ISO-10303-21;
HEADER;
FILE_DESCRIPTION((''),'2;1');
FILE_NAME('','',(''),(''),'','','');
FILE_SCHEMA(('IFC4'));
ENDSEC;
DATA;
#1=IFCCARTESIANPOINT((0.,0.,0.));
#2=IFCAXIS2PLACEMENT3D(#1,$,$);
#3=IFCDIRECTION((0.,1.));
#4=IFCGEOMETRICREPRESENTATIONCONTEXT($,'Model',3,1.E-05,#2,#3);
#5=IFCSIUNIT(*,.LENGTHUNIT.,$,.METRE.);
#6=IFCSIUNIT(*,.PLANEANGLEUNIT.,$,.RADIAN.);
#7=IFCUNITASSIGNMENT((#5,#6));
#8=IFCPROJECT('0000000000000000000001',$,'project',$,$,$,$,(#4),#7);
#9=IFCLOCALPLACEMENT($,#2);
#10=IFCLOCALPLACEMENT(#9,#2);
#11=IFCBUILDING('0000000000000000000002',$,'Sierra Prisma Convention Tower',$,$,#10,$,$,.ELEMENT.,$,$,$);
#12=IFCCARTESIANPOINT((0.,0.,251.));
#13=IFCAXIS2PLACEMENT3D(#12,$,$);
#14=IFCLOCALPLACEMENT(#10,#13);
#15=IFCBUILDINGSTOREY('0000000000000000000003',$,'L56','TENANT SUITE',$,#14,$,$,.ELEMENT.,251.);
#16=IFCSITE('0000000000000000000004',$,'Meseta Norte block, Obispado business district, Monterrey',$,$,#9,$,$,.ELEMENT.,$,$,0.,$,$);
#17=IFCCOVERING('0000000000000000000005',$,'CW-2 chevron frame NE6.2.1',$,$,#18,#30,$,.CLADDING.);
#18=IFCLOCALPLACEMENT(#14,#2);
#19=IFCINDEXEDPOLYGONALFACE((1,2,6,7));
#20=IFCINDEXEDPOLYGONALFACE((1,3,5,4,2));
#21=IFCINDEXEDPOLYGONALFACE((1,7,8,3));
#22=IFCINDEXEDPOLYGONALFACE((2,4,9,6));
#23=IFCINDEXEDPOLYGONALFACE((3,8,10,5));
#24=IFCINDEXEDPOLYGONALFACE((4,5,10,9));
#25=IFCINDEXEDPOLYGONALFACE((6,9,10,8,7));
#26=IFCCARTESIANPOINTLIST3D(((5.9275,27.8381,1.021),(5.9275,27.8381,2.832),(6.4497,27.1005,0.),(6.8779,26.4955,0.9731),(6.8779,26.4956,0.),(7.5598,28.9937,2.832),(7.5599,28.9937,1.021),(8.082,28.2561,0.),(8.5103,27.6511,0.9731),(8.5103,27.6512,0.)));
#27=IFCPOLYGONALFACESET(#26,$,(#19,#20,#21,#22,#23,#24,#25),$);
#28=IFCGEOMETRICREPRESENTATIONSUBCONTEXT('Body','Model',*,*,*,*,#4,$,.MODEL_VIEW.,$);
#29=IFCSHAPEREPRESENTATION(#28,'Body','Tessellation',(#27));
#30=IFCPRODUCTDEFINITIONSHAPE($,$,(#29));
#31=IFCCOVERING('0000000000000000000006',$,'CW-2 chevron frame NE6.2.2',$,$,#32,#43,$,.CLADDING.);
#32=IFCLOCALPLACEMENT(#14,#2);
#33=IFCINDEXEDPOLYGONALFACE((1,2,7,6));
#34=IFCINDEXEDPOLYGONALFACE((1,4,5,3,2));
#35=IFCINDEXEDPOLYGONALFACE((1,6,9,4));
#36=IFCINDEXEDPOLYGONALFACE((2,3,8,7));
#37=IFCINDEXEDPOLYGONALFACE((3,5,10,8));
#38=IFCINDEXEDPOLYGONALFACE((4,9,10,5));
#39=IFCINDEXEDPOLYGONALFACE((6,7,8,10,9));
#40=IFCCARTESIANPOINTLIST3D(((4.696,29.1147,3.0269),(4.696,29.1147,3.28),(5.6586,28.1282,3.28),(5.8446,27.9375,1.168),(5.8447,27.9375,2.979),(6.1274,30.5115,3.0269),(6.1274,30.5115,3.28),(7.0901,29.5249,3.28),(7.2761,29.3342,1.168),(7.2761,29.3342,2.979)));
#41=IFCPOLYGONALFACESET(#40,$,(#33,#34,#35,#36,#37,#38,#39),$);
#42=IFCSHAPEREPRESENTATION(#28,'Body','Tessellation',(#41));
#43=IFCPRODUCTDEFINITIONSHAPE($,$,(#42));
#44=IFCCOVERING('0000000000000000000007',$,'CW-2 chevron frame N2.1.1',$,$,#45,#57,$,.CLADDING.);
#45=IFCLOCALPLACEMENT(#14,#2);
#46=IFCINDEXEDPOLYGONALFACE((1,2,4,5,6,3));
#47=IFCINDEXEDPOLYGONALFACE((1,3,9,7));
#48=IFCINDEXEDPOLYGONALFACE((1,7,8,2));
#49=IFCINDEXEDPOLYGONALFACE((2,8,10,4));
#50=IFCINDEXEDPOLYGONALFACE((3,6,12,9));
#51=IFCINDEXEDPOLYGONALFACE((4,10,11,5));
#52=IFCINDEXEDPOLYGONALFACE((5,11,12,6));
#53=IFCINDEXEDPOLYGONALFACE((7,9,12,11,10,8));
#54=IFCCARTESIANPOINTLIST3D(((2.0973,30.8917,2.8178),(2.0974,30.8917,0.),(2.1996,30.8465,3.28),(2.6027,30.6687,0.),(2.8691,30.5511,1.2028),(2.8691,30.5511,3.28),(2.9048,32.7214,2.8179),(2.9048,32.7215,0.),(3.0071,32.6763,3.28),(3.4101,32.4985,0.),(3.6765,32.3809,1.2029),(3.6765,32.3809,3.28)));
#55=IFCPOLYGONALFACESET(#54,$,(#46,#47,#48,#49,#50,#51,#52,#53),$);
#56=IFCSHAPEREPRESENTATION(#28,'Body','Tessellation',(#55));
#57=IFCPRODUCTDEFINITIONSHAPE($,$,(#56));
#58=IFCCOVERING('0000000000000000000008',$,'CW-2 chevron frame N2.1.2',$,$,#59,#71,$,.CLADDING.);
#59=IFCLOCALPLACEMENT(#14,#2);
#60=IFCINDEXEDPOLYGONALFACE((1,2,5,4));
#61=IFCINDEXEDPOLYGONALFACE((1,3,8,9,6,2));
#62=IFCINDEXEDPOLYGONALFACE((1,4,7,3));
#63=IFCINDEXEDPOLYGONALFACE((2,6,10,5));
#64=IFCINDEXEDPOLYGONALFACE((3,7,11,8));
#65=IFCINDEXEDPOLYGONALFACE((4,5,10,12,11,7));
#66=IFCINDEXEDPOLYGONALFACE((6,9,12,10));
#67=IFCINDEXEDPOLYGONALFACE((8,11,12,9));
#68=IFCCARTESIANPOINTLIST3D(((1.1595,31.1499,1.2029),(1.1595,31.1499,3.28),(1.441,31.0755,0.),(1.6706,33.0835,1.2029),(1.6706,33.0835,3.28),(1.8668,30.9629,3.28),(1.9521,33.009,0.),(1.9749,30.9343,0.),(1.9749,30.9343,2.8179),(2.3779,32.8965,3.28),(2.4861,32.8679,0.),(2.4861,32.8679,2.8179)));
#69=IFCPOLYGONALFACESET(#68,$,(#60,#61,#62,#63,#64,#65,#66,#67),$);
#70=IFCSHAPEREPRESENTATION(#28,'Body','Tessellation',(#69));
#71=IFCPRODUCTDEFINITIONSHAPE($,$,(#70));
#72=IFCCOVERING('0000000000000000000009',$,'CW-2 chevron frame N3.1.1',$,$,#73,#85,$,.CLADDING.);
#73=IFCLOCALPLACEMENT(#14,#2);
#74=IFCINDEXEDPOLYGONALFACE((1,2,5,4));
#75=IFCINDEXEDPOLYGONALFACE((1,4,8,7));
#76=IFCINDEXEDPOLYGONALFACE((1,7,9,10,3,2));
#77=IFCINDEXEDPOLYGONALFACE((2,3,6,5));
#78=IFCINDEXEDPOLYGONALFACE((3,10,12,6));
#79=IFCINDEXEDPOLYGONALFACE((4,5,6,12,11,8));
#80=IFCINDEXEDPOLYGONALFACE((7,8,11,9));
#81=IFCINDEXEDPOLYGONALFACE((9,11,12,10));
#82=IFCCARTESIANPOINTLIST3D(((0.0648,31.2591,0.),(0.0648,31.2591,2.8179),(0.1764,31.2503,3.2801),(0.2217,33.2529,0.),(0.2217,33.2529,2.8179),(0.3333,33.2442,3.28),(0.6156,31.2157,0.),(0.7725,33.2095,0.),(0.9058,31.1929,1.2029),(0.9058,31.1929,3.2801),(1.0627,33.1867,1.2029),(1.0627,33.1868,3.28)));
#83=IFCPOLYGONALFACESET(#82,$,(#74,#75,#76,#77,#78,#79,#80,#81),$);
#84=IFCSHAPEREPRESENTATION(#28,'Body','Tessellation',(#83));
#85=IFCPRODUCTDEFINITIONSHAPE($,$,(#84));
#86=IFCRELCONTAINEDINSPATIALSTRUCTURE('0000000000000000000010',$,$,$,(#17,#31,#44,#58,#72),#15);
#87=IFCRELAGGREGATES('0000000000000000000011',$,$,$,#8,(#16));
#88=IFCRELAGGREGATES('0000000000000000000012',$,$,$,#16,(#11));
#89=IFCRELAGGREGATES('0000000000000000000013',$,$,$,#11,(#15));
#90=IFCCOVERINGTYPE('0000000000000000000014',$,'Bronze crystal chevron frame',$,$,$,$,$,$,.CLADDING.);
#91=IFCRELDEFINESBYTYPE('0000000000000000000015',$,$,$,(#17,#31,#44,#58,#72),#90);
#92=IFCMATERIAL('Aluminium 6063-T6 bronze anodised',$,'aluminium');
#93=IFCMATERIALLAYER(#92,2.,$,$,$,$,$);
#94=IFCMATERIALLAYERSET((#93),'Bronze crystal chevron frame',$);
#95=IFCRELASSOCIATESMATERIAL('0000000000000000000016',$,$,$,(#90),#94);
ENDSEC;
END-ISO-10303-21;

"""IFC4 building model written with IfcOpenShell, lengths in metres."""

from ifc_helpers import new_model, si_unit, direction, frame, origin, place, context, subcontext, project, spatial, polyline, outline, extrude, material, layer, layer_set, type_object, element, save


model = new_model("IFC4")

# Units and contexts
model_context = context("Model", 3, precision=1e-05, world=origin(), true_north=direction((0.0, 1.0)))
body_context = subcontext(model_context, "Body", "Model", "MODEL_VIEW")
ifc_project = project(units=[si_unit("LENGTHUNIT", "METRE"), si_unit("PLANEANGLEUNIT", "RADIAN")], contexts=[model_context])

# Site, building, storey
site_placement = place(None, origin())
site = spatial("IfcSite", under=ifc_project, at=site_placement, Name="Meseta Norte block, Obispado business district, Monterrey", CompositionType="ELEMENT", RefElevation=0.0)
building_placement = place(site_placement, origin())
building = spatial("IfcBuilding", under=site, at=building_placement, Name="Sierra Prisma Convention Tower", CompositionType="ELEMENT")
storey_placement = place(building_placement, frame((0.0, 0.0, 251.0)))
storey = spatial("IfcBuildingStorey", under=building, at=storey_placement, Name="L56", Description="TENANT SUITE", CompositionType="ELEMENT", Elevation=251.0)

# Coverings
ifc_material_1 = material(Name="Aluminium 6063-T6 bronze anodised", Category="aluminium")
ifc_layer_1 = layer(ifc_material_1, 2.0)
ifc_layer_set_1 = layer_set([ifc_layer_1], Name="Bronze crystal chevron frame")
covering_type = type_object("IfcCoveringType", Name="Bronze crystal chevron frame", PredefinedType="CLADDING", material=ifc_layer_set_1)
covering_1_placement = place(storey_placement, frame((8.082, 28.2561, 0.0), z_axis=(0.81618, 0.577798, 0.000018), x_axis=(-0.382968, 0.540946, 0.748807)))
element("IfcCovering", 1, at=covering_1_placement, inside=storey, type_object=covering_type, Name="CW-2 chevron frame NE6.2.1", PredefinedType="CLADDING", context=body_context, shape_type="SweptSolid", body=[
    extrude(outline(polyline([(0.0, 0.0), (1.3635, 0.0), (2.7196, 1.2003), (0.2374, 1.2), (-0.4913, 0.555), (0.0, 0.0)])), origin(), (0.0, 0.0, -1.0), 2.0),
])
covering_2_placement = place(storey_placement, frame((6.1274, 30.5115, 3.28), z_axis=(0.715736, 0.698371, -0.000004), x_axis=(0.698371, -0.715736, 0.0)))
element("IfcCovering", 2, at=covering_2_placement, inside=storey, type_object=covering_type, Name="CW-2 chevron frame NE6.2.2", PredefinedType="CLADDING", context=body_context, shape_type="SweptSolid", body=[
    extrude(outline(polyline([(0.0, 0.0), (1.3784, 0.0), (1.6448, 0.301), (1.6448, 2.1121), (0.0, 0.2532), (0.0, 0.0)])), origin(), (0.0, 0.0, -1.0), 2.0),
])
covering_3_placement = place(storey_placement, frame((3.6765, 32.3809, 3.28), z_axis=(0.40372, 0.914882, 0.000022), x_axis=(0.000009, 0.000021, -1.0)))
element("IfcCovering", 3, at=covering_3_placement, inside=storey, type_object=covering_type, Name="CW-2 chevron frame N2.1.1", PredefinedType="CLADDING", context=body_context, shape_type="SweptSolid", body=[
    extrude(outline(polyline([(0.0, 0.0), (2.0771, 0.0), (3.28, 0.2912), (3.28, 0.8435), (0.4622, 0.8435), (0.0, 0.7317), (0.0, 0.0)])), origin(), (0.0, 0.0, -1.0), 2.0),
])
covering_4_placement = place(storey_placement, frame((1.9521, 33.009, 0.0), z_axis=(0.255583, 0.966787, -0.000002), x_axis=(-0.227456, 0.060134, 0.97193)))
element("IfcCovering", 4, at=covering_4_placement, inside=storey, type_object=covering_type, Name="CW-2 chevron frame N2.1.2", PredefinedType="CLADDING", context=body_context, shape_type="SweptSolid", body=[
    extrude(outline(polyline([(0.0, 0.0), (1.2376, 0.0), (3.2565, 0.4887), (3.0843, 1.1997), (2.6088, 1.1997), (-0.1299, 0.5368), (0.0, 0.0)])), origin(), (0.0, 0.0, -1.0), 2.0),
])
covering_5_placement = place(storey_placement, frame((1.0627, 33.1868, 3.28), z_axis=(0.078452, 0.996918, -0.000019), x_axis=(-0.000002, -0.000019, -1.0)))
element("IfcCovering", 5, at=covering_5_placement, inside=storey, type_object=covering_type, Name="CW-2 chevron frame N3.1.1", PredefinedType="CLADDING", context=body_context, shape_type="SweptSolid", body=[
    extrude(outline(polyline([(0.0, 0.0), (2.0771, 0.0), (3.28, 0.2912), (3.28, 0.8437), (0.4622, 0.8437), (0.0, 0.7317), (0.0, 0.0)])), origin(), (0.0, 0.0, -1.0), 2.0),
])

save(model, "model.ifc")
